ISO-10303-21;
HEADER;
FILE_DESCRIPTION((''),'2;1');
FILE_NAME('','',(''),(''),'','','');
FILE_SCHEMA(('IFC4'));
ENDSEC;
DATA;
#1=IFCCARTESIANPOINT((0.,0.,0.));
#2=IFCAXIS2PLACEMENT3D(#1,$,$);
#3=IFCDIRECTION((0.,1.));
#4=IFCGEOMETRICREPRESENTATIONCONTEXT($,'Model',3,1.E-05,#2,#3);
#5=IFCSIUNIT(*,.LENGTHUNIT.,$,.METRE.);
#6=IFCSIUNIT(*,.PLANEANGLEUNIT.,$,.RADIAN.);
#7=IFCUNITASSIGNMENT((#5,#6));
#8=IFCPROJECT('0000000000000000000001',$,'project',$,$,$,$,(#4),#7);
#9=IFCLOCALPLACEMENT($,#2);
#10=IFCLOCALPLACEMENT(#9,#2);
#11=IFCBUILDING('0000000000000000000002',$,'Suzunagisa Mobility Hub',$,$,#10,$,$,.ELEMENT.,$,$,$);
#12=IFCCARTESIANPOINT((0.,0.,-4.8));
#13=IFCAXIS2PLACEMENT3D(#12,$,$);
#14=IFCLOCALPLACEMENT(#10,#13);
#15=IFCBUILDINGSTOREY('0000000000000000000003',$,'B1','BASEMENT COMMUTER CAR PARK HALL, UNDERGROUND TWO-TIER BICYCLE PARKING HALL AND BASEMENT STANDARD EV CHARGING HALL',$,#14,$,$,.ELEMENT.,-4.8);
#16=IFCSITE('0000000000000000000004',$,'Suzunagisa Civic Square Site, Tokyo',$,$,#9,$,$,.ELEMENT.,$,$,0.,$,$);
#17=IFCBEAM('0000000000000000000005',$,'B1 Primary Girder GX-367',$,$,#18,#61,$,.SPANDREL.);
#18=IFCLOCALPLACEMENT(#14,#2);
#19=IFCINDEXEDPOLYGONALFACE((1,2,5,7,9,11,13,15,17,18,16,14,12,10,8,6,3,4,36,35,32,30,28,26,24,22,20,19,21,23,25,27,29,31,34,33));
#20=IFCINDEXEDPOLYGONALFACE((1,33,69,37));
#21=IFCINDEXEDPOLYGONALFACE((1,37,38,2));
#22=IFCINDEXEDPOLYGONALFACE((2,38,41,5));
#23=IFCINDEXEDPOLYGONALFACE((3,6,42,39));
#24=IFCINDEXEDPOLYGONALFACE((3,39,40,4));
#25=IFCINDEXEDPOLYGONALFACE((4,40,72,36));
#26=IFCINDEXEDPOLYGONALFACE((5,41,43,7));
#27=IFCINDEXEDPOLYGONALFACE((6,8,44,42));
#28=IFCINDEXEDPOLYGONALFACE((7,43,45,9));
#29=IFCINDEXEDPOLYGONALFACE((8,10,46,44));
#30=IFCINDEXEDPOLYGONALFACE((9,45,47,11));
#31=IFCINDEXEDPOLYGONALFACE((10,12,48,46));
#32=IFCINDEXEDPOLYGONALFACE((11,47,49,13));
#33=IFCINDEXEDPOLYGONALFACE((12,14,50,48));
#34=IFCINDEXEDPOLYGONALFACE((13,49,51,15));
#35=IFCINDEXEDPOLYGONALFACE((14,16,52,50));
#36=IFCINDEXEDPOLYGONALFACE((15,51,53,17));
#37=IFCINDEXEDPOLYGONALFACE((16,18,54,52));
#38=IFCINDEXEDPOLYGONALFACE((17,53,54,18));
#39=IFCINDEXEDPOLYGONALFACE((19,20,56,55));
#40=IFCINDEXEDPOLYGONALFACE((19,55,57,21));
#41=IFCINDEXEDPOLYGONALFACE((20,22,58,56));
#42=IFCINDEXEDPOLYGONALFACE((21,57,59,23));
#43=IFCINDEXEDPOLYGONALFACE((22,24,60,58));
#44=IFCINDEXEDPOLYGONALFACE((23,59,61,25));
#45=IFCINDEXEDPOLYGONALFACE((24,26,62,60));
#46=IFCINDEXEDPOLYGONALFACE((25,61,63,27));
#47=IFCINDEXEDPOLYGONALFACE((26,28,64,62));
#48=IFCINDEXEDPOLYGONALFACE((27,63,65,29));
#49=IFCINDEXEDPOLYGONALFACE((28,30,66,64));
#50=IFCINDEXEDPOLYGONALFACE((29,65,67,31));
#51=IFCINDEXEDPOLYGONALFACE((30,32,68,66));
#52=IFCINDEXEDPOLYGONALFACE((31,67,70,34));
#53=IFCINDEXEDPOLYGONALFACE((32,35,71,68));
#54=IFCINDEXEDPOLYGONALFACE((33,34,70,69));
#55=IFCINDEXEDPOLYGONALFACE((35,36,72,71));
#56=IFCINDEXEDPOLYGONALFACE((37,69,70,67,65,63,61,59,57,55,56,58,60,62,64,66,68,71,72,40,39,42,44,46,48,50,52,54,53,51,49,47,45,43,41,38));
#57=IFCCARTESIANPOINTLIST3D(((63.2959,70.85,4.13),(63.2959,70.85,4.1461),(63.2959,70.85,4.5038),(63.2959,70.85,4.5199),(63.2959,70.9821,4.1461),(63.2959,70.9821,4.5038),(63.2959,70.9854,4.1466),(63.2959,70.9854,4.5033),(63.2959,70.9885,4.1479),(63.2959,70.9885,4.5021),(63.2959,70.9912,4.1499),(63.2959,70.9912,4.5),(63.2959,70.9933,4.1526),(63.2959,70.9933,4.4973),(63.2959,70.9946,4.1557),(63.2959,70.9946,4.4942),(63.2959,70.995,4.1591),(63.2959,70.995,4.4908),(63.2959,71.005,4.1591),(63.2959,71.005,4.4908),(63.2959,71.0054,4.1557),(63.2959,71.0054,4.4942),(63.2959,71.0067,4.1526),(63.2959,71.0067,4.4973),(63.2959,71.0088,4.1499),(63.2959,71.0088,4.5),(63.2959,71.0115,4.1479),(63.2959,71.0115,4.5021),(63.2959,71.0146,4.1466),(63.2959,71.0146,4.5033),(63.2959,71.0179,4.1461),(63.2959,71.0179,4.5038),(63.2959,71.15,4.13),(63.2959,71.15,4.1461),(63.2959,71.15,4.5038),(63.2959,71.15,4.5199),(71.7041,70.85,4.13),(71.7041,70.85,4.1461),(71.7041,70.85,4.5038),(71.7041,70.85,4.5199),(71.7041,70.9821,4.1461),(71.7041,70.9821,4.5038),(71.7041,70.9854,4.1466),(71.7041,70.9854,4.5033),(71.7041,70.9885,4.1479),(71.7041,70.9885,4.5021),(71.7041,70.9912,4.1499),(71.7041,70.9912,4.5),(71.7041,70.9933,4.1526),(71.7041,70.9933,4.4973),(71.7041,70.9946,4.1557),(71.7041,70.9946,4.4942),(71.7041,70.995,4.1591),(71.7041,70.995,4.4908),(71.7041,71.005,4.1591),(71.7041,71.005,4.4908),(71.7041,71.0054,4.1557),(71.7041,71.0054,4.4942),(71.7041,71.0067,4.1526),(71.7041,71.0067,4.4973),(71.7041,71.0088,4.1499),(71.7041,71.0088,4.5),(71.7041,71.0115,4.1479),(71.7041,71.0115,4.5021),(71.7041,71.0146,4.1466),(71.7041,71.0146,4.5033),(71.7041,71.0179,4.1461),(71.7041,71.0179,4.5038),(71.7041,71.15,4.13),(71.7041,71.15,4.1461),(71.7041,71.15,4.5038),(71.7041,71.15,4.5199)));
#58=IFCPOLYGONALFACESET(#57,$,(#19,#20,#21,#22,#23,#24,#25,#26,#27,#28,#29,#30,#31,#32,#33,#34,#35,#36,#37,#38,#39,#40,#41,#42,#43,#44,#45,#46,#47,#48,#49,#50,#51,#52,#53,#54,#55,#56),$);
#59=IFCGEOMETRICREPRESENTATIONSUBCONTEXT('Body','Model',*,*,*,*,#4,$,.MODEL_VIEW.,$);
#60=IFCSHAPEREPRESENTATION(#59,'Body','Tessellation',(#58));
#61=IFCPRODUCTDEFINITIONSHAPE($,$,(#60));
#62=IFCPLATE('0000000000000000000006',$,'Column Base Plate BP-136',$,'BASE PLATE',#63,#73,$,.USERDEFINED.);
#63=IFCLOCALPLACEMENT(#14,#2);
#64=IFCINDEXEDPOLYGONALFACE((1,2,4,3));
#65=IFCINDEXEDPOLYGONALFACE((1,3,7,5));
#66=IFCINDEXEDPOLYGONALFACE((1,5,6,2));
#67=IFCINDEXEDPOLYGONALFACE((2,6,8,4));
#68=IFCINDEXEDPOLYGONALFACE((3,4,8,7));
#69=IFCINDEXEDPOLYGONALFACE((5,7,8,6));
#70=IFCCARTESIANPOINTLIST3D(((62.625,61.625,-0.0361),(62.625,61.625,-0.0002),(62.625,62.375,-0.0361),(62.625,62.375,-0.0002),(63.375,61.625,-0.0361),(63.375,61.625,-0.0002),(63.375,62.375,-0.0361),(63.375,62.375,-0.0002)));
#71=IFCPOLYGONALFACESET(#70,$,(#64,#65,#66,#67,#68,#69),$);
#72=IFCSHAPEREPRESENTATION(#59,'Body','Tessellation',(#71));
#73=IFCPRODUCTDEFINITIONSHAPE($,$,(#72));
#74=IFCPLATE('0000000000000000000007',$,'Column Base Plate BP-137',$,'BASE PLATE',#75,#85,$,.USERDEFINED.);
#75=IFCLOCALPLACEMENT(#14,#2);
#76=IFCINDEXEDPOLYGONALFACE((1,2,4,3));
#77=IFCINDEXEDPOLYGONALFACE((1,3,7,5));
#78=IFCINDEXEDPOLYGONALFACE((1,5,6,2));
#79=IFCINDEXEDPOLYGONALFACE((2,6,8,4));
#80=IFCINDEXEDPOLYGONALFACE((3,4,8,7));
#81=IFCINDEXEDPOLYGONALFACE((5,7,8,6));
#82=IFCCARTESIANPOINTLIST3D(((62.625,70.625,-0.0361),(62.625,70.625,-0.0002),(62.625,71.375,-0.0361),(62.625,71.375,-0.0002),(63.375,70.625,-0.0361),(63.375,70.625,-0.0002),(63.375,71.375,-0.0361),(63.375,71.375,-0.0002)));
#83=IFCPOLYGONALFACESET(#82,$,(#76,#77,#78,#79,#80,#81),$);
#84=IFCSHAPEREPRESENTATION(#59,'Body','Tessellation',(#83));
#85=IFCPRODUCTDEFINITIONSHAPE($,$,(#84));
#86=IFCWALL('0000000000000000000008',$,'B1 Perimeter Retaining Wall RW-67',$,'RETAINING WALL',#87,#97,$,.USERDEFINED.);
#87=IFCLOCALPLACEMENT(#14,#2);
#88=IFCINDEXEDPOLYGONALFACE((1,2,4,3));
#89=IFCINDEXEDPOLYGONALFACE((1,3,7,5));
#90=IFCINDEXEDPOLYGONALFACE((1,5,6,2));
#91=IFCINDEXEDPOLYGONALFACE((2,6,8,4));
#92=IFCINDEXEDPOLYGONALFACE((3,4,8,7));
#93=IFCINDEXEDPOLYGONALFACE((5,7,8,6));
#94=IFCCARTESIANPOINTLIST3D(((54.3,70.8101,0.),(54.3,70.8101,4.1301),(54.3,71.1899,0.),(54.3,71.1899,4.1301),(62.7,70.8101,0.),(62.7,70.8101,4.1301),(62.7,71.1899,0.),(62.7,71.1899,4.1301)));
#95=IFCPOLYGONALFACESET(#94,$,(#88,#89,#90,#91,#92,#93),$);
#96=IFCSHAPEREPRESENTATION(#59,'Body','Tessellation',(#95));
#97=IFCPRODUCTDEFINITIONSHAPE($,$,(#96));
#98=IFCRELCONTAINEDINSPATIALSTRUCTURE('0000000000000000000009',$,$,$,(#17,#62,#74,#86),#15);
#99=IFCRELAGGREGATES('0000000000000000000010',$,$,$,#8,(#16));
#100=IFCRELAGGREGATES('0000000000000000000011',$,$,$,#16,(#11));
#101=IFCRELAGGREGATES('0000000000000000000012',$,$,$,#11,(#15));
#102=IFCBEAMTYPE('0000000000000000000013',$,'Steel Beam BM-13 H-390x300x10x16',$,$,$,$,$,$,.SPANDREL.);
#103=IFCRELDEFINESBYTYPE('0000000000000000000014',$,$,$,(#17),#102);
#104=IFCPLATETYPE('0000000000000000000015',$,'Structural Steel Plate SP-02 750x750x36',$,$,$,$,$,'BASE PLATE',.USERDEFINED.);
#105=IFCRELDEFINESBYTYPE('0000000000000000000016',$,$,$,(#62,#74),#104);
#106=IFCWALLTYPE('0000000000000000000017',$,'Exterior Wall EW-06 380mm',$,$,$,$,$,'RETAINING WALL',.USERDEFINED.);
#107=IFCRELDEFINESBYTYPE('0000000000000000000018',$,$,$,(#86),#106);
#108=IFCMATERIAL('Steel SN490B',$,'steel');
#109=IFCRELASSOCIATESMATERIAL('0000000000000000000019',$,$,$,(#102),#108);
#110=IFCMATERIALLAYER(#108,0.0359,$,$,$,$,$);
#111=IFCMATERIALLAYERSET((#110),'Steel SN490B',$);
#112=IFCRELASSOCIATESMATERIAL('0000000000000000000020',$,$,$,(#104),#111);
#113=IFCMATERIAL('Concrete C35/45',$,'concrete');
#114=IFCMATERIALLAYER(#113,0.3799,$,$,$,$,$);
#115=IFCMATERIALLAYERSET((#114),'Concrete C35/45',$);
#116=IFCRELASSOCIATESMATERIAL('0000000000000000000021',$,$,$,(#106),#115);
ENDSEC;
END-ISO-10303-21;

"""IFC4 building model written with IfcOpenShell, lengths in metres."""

from ifc_helpers import new_model, si_unit, direction, frame, frame_2d, origin, origin_2d, place, context, subcontext, project, spatial, rectangle, i_section, extrude, material, layer, layer_set, material_profile, profile_set, type_object, element, save


model = new_model("IFC4")

# Units and contexts
model_context = context("Model", 3, precision=1e-05, world=origin(), true_north=direction((0.0, 1.0)))
body_context = subcontext(model_context, "Body", "Model", "MODEL_VIEW")
ifc_project = project(units=[si_unit("LENGTHUNIT", "METRE"), si_unit("PLANEANGLEUNIT", "RADIAN")], contexts=[model_context])

# Site, building, storey
site_placement = place(None, origin())
site = spatial("IfcSite", under=ifc_project, at=site_placement, Name="Suzunagisa Civic Square Site, Tokyo", CompositionType="ELEMENT", RefElevation=0.0)
building_placement = place(site_placement, origin())
building = spatial("IfcBuilding", under=site, at=building_placement, Name="Suzunagisa Mobility Hub", CompositionType="ELEMENT")
storey_placement = place(building_placement, frame((0.0, 0.0, -4.8)))
storey = spatial("IfcBuildingStorey", under=building, at=storey_placement, Name="B1", Description="BASEMENT COMMUTER CAR PARK HALL, UNDERGROUND TWO-TIER BICYCLE PARKING HALL AND BASEMENT STANDARD EV CHARGING HALL", CompositionType="ELEMENT", Elevation=-4.8)

# Shared definitions
ifc_material_1 = material(Name="Concrete C35/45", Category="concrete")

# Shared definitions
ifc_material_2 = material(Name="Steel SN490B", Category="steel")

# Beam
ifc_material_profile_1 = material_profile(ifc_material_2, i_section(OverallWidth=0.3, OverallDepth=0.3899, WebThickness=0.01, FlangeThickness=0.0161, FilletRadius=0.0129, at=origin_2d()), Name="H-390x300x10x16")
ifc_profile_set_1 = profile_set([ifc_material_profile_1], Name="Steel SN490B")
beam_type_1 = type_object("IfcBeamType", Name="Steel Beam BM-13 H-390x300x10x16", PredefinedType="SPANDREL", material=ifc_profile_set_1)
beam_1_placement = place(storey_placement, frame((63.2959, 71.0, 4.325), z_axis=(1.0, 0.0, 0.0), x_axis=(0.0, 1.0, 0.0)))
element("IfcBeam", 1, at=beam_1_placement, inside=storey, type_object=beam_type_1, Name="B1 Primary Girder GX-367", PredefinedType="SPANDREL", context=body_context, shape_type="SweptSolid", body=[
    extrude(i_section(OverallWidth=0.3, OverallDepth=0.3899, WebThickness=0.01, FlangeThickness=0.0161, FilletRadius=0.0129, at=origin_2d()), origin(), (0.0, 0.0, 1.0), 8.4082),
])

# Plates
ifc_layer_1 = layer(ifc_material_2, 0.0359)
ifc_layer_set_1 = layer_set([ifc_layer_1], Name="Steel SN490B")
plate_type = type_object("IfcPlateType", Name="Structural Steel Plate SP-02 750x750x36", ElementType="BASE PLATE", PredefinedType="USERDEFINED", material=ifc_layer_set_1)
for number, where, z_axis, x_axis, name in (
    (2, (63.0, 62.0, -0.0361), (0.0, 0.0, 1.0), (1.0, 0.0, 0.0), "Column Base Plate BP-136"),
    (3, (63.0, 71.0, -0.0361), (0.0, 0.0, 1.0), (1.0, 0.0, 0.0), "Column Base Plate BP-137"),
):
    element("IfcPlate", number, at=place(storey_placement, frame(where, z_axis=z_axis, x_axis=x_axis)), inside=storey, type_object=plate_type, Name=name, ObjectType="BASE PLATE", PredefinedType="USERDEFINED", context=body_context, shape_type="SweptSolid", body=[
        extrude(rectangle(XDim=0.75, YDim=0.75, at=origin_2d()), origin(), (0.0, 0.0, 1.0), 0.0359),
    ])

# Wall
ifc_layer_2 = layer(ifc_material_1, 0.3799)
ifc_layer_set_2 = layer_set([ifc_layer_2], Name="Concrete C35/45")
wall_type = type_object("IfcWallType", Name="Exterior Wall EW-06 380mm", ElementType="RETAINING WALL", PredefinedType="USERDEFINED", material=ifc_layer_set_2)
wall_placement = place(storey_placement, frame((62.7, 71.0, 0.0), z_axis=(0.0, 0.0, 1.0), x_axis=(-1.0, 0.0, 0.0)))
element("IfcWall", 4, at=wall_placement, inside=storey, type_object=wall_type, Name="B1 Perimeter Retaining Wall RW-67", ObjectType="RETAINING WALL", PredefinedType="USERDEFINED", context=body_context, shape_type="SweptSolid", body=[
    extrude(rectangle(XDim=8.3999, YDim=0.3799, at=frame_2d((4.2, 0.0))), origin(), (0.0, 0.0, 1.0), 4.1301),
])

save(model, "model.ifc")
